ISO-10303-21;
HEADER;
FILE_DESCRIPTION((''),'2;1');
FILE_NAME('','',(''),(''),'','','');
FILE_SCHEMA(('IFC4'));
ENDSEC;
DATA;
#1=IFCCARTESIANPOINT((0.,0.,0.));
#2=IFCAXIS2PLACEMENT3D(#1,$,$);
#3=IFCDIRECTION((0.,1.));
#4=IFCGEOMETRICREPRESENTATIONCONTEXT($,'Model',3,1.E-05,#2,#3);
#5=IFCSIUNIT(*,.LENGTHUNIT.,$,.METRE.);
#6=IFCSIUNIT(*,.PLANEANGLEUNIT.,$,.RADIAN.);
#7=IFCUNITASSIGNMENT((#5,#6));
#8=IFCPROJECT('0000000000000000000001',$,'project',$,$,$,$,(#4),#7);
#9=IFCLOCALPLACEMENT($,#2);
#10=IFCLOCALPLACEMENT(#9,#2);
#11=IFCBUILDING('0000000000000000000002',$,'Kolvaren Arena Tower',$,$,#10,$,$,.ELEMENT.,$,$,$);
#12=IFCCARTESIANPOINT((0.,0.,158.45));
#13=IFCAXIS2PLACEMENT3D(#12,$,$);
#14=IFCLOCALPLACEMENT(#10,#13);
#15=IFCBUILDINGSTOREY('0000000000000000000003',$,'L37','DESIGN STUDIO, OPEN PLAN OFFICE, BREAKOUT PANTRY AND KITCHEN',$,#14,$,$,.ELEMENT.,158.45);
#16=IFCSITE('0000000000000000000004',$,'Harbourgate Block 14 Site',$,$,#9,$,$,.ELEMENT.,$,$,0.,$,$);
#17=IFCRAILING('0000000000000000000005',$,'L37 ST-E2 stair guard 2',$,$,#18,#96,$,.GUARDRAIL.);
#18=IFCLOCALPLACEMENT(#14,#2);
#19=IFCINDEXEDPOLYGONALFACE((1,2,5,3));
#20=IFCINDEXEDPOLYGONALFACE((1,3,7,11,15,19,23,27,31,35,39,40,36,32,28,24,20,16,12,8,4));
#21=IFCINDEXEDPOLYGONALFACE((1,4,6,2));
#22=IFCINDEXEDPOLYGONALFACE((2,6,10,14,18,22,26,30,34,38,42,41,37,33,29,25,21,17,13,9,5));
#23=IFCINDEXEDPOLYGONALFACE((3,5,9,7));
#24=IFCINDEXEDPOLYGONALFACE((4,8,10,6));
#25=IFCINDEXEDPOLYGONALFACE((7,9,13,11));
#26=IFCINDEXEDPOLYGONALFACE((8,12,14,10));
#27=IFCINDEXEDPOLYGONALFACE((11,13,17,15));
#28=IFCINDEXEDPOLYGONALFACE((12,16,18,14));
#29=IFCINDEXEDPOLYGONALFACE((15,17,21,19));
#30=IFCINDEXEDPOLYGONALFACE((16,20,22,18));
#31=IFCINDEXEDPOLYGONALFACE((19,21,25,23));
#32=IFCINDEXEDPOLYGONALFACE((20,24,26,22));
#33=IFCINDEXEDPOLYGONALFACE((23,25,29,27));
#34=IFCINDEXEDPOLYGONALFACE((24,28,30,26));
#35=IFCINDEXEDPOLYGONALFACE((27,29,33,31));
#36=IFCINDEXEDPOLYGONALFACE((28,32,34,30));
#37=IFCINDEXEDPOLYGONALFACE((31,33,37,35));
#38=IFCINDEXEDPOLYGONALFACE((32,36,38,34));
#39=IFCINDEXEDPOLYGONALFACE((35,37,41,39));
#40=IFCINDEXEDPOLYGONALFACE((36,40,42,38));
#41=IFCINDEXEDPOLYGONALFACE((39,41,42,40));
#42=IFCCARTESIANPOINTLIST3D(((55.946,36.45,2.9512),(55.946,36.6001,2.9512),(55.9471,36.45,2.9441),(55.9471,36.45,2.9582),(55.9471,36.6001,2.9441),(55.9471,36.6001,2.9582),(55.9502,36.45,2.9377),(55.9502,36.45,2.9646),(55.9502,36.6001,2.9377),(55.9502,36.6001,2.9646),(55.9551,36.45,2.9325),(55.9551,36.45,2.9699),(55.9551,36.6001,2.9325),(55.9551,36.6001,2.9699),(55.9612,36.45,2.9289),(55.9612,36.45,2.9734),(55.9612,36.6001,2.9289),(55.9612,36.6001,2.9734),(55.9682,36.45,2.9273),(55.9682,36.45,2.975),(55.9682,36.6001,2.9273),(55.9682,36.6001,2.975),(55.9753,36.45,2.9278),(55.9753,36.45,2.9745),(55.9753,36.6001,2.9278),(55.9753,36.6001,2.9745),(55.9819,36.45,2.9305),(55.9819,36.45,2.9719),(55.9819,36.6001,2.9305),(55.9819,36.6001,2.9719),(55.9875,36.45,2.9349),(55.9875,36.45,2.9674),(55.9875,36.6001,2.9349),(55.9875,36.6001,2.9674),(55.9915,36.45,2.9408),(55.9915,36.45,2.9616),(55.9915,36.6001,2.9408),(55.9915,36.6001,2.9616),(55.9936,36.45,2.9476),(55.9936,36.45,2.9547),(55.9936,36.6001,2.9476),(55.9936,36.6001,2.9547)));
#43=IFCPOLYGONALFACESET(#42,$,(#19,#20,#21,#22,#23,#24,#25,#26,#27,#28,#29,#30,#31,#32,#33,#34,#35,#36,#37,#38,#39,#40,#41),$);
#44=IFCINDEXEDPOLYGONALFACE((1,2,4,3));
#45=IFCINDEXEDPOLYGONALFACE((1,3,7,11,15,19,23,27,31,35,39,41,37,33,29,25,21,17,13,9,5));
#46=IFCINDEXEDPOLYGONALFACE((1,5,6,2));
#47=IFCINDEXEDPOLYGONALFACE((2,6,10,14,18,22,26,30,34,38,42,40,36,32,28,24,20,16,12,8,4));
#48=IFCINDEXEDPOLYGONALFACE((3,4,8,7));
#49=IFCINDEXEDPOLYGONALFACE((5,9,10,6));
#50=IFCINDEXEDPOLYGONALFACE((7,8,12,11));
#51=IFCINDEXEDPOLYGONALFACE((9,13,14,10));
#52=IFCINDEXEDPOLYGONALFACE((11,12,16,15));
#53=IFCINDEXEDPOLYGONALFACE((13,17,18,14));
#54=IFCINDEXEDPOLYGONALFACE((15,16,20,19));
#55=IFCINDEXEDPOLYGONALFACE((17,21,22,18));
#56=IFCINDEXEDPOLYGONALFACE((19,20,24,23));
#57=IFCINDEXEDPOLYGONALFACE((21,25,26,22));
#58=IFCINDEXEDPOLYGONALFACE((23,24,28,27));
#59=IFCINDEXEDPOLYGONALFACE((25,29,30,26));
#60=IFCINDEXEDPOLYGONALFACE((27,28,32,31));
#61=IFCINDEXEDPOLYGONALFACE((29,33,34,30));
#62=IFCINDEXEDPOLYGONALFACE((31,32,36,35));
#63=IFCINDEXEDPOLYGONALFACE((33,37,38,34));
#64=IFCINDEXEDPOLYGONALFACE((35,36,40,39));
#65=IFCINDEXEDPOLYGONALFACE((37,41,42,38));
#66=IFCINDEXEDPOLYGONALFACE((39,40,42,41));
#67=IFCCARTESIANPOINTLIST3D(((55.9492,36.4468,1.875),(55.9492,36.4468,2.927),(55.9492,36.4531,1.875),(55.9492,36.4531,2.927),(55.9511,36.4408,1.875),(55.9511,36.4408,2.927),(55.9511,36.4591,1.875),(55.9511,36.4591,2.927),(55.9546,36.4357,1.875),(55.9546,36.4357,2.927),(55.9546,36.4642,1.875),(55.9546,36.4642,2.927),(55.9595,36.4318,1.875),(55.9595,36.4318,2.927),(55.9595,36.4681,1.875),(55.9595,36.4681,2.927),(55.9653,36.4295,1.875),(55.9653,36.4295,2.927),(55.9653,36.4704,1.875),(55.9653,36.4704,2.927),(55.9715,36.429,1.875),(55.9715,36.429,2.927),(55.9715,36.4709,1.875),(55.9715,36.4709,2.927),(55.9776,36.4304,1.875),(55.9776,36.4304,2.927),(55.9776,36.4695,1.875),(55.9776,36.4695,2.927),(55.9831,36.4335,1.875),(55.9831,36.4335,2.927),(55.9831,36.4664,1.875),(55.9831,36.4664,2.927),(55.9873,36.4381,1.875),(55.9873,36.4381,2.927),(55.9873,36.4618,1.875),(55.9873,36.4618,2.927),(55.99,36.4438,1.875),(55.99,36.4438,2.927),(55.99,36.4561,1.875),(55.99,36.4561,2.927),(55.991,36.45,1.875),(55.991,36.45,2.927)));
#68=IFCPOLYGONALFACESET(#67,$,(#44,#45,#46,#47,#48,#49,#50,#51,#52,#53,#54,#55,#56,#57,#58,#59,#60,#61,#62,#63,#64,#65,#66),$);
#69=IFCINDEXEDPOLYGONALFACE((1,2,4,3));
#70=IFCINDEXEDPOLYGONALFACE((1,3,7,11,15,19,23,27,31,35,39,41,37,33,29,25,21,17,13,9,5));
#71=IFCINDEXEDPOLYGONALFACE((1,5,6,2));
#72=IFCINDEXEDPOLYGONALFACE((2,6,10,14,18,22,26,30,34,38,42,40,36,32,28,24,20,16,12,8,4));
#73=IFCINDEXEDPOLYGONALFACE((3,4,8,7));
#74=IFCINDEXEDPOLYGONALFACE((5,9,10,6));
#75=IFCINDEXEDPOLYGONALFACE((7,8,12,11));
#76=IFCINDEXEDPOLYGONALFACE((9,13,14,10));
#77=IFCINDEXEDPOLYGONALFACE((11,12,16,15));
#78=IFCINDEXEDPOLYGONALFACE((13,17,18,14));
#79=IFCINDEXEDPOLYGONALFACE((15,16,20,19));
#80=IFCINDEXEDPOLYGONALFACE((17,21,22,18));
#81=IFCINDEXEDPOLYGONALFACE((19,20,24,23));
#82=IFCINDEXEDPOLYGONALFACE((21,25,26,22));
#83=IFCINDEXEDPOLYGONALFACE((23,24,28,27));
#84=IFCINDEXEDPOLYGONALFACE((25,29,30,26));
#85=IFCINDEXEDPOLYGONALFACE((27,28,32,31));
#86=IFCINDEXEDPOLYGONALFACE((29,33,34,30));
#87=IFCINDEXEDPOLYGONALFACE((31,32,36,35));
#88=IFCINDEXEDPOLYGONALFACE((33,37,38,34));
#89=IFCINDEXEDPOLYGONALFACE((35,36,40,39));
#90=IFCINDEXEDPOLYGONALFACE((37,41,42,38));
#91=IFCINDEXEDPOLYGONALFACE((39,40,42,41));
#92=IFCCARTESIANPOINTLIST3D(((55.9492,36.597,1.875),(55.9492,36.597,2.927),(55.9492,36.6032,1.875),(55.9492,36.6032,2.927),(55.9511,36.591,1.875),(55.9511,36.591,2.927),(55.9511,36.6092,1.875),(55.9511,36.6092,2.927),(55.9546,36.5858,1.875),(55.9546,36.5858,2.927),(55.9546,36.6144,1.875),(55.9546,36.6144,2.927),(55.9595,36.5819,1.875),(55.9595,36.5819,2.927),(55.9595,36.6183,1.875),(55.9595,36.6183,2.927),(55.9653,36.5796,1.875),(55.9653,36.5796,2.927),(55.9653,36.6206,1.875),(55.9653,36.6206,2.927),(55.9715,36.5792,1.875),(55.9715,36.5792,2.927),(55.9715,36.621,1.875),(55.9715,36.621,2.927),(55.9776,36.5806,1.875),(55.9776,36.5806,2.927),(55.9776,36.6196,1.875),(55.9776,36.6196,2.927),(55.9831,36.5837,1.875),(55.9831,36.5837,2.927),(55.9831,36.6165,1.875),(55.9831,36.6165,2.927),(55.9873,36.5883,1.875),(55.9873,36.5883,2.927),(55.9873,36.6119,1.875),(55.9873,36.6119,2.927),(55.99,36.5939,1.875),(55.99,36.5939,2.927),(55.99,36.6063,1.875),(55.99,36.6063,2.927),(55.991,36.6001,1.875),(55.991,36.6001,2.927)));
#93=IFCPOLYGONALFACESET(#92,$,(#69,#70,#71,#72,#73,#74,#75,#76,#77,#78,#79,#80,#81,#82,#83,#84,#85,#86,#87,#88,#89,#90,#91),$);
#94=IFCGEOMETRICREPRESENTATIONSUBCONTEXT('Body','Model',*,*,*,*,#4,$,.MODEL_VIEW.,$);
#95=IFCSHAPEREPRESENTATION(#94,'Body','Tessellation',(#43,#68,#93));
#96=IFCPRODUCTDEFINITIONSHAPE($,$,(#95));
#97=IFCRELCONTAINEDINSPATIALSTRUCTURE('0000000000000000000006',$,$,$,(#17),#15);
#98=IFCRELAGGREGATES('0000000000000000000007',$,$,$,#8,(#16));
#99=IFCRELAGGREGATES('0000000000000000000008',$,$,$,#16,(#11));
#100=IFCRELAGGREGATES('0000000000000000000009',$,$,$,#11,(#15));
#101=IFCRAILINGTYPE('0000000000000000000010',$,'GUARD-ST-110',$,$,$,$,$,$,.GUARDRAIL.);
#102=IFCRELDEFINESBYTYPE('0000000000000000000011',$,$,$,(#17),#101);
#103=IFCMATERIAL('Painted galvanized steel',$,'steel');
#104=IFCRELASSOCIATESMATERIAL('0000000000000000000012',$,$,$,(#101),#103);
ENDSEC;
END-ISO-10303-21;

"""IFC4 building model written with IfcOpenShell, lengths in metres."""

from ifc_helpers import new_model, si_unit, direction, frame, origin, origin_2d, place, context, subcontext, project, spatial, circle, extrude, material, type_object, element, save


model = new_model("IFC4")

# Units and contexts
model_context = context("Model", 3, precision=1e-05, world=origin(), true_north=direction((0.0, 1.0)))
body_context = subcontext(model_context, "Body", "Model", "MODEL_VIEW")
ifc_project = project(units=[si_unit("LENGTHUNIT", "METRE"), si_unit("PLANEANGLEUNIT", "RADIAN")], contexts=[model_context])

# Site, building, storey
site_placement = place(None, origin())
site = spatial("IfcSite", under=ifc_project, at=site_placement, Name="Harbourgate Block 14 Site", CompositionType="ELEMENT", RefElevation=0.0)
building_placement = place(site_placement, origin())
building = spatial("IfcBuilding", under=site, at=building_placement, Name="Kolvaren Arena Tower", CompositionType="ELEMENT")
storey_placement = place(building_placement, frame((0.0, 0.0, 158.45)))
storey = spatial("IfcBuildingStorey", under=building, at=storey_placement, Name="L37", Description="DESIGN STUDIO, OPEN PLAN OFFICE, BREAKOUT PANTRY AND KITCHEN", CompositionType="ELEMENT", Elevation=158.45)

# Railing
ifc_material_1 = material(Name="Painted galvanized steel", Category="steel")
railing_type_1 = type_object("IfcRailingType", Name="GUARD-ST-110", PredefinedType="GUARDRAIL", material=ifc_material_1)
railing_1_placement = place(storey_placement, frame((55.97, 36.45, 1.875)))
element("IfcRailing", 1, at=railing_1_placement, inside=storey, type_object=railing_type_1, Name="L37 ST-E2 stair guard 2", PredefinedType="GUARDRAIL", context=body_context, shape_type="SweptSolid", body=[
    extrude(circle(Radius=0.0239, at=origin_2d()), frame((0.0, 0.0, 1.0762), z_axis=(0.0, 1.0, 0.0), x_axis=(-1.0, 0.0, 0.0)), (0.0, 0.0, 1.0), 0.1501),
    extrude(circle(Radius=0.021, at=origin_2d()), origin(), (0.0, 0.0, 1.0), 1.052),
    extrude(circle(Radius=0.021, at=origin_2d()), frame((0.0, 0.1501, 0.0)), (0.0, 0.0, 1.0), 1.052),
])

save(model, "model.ifc")
